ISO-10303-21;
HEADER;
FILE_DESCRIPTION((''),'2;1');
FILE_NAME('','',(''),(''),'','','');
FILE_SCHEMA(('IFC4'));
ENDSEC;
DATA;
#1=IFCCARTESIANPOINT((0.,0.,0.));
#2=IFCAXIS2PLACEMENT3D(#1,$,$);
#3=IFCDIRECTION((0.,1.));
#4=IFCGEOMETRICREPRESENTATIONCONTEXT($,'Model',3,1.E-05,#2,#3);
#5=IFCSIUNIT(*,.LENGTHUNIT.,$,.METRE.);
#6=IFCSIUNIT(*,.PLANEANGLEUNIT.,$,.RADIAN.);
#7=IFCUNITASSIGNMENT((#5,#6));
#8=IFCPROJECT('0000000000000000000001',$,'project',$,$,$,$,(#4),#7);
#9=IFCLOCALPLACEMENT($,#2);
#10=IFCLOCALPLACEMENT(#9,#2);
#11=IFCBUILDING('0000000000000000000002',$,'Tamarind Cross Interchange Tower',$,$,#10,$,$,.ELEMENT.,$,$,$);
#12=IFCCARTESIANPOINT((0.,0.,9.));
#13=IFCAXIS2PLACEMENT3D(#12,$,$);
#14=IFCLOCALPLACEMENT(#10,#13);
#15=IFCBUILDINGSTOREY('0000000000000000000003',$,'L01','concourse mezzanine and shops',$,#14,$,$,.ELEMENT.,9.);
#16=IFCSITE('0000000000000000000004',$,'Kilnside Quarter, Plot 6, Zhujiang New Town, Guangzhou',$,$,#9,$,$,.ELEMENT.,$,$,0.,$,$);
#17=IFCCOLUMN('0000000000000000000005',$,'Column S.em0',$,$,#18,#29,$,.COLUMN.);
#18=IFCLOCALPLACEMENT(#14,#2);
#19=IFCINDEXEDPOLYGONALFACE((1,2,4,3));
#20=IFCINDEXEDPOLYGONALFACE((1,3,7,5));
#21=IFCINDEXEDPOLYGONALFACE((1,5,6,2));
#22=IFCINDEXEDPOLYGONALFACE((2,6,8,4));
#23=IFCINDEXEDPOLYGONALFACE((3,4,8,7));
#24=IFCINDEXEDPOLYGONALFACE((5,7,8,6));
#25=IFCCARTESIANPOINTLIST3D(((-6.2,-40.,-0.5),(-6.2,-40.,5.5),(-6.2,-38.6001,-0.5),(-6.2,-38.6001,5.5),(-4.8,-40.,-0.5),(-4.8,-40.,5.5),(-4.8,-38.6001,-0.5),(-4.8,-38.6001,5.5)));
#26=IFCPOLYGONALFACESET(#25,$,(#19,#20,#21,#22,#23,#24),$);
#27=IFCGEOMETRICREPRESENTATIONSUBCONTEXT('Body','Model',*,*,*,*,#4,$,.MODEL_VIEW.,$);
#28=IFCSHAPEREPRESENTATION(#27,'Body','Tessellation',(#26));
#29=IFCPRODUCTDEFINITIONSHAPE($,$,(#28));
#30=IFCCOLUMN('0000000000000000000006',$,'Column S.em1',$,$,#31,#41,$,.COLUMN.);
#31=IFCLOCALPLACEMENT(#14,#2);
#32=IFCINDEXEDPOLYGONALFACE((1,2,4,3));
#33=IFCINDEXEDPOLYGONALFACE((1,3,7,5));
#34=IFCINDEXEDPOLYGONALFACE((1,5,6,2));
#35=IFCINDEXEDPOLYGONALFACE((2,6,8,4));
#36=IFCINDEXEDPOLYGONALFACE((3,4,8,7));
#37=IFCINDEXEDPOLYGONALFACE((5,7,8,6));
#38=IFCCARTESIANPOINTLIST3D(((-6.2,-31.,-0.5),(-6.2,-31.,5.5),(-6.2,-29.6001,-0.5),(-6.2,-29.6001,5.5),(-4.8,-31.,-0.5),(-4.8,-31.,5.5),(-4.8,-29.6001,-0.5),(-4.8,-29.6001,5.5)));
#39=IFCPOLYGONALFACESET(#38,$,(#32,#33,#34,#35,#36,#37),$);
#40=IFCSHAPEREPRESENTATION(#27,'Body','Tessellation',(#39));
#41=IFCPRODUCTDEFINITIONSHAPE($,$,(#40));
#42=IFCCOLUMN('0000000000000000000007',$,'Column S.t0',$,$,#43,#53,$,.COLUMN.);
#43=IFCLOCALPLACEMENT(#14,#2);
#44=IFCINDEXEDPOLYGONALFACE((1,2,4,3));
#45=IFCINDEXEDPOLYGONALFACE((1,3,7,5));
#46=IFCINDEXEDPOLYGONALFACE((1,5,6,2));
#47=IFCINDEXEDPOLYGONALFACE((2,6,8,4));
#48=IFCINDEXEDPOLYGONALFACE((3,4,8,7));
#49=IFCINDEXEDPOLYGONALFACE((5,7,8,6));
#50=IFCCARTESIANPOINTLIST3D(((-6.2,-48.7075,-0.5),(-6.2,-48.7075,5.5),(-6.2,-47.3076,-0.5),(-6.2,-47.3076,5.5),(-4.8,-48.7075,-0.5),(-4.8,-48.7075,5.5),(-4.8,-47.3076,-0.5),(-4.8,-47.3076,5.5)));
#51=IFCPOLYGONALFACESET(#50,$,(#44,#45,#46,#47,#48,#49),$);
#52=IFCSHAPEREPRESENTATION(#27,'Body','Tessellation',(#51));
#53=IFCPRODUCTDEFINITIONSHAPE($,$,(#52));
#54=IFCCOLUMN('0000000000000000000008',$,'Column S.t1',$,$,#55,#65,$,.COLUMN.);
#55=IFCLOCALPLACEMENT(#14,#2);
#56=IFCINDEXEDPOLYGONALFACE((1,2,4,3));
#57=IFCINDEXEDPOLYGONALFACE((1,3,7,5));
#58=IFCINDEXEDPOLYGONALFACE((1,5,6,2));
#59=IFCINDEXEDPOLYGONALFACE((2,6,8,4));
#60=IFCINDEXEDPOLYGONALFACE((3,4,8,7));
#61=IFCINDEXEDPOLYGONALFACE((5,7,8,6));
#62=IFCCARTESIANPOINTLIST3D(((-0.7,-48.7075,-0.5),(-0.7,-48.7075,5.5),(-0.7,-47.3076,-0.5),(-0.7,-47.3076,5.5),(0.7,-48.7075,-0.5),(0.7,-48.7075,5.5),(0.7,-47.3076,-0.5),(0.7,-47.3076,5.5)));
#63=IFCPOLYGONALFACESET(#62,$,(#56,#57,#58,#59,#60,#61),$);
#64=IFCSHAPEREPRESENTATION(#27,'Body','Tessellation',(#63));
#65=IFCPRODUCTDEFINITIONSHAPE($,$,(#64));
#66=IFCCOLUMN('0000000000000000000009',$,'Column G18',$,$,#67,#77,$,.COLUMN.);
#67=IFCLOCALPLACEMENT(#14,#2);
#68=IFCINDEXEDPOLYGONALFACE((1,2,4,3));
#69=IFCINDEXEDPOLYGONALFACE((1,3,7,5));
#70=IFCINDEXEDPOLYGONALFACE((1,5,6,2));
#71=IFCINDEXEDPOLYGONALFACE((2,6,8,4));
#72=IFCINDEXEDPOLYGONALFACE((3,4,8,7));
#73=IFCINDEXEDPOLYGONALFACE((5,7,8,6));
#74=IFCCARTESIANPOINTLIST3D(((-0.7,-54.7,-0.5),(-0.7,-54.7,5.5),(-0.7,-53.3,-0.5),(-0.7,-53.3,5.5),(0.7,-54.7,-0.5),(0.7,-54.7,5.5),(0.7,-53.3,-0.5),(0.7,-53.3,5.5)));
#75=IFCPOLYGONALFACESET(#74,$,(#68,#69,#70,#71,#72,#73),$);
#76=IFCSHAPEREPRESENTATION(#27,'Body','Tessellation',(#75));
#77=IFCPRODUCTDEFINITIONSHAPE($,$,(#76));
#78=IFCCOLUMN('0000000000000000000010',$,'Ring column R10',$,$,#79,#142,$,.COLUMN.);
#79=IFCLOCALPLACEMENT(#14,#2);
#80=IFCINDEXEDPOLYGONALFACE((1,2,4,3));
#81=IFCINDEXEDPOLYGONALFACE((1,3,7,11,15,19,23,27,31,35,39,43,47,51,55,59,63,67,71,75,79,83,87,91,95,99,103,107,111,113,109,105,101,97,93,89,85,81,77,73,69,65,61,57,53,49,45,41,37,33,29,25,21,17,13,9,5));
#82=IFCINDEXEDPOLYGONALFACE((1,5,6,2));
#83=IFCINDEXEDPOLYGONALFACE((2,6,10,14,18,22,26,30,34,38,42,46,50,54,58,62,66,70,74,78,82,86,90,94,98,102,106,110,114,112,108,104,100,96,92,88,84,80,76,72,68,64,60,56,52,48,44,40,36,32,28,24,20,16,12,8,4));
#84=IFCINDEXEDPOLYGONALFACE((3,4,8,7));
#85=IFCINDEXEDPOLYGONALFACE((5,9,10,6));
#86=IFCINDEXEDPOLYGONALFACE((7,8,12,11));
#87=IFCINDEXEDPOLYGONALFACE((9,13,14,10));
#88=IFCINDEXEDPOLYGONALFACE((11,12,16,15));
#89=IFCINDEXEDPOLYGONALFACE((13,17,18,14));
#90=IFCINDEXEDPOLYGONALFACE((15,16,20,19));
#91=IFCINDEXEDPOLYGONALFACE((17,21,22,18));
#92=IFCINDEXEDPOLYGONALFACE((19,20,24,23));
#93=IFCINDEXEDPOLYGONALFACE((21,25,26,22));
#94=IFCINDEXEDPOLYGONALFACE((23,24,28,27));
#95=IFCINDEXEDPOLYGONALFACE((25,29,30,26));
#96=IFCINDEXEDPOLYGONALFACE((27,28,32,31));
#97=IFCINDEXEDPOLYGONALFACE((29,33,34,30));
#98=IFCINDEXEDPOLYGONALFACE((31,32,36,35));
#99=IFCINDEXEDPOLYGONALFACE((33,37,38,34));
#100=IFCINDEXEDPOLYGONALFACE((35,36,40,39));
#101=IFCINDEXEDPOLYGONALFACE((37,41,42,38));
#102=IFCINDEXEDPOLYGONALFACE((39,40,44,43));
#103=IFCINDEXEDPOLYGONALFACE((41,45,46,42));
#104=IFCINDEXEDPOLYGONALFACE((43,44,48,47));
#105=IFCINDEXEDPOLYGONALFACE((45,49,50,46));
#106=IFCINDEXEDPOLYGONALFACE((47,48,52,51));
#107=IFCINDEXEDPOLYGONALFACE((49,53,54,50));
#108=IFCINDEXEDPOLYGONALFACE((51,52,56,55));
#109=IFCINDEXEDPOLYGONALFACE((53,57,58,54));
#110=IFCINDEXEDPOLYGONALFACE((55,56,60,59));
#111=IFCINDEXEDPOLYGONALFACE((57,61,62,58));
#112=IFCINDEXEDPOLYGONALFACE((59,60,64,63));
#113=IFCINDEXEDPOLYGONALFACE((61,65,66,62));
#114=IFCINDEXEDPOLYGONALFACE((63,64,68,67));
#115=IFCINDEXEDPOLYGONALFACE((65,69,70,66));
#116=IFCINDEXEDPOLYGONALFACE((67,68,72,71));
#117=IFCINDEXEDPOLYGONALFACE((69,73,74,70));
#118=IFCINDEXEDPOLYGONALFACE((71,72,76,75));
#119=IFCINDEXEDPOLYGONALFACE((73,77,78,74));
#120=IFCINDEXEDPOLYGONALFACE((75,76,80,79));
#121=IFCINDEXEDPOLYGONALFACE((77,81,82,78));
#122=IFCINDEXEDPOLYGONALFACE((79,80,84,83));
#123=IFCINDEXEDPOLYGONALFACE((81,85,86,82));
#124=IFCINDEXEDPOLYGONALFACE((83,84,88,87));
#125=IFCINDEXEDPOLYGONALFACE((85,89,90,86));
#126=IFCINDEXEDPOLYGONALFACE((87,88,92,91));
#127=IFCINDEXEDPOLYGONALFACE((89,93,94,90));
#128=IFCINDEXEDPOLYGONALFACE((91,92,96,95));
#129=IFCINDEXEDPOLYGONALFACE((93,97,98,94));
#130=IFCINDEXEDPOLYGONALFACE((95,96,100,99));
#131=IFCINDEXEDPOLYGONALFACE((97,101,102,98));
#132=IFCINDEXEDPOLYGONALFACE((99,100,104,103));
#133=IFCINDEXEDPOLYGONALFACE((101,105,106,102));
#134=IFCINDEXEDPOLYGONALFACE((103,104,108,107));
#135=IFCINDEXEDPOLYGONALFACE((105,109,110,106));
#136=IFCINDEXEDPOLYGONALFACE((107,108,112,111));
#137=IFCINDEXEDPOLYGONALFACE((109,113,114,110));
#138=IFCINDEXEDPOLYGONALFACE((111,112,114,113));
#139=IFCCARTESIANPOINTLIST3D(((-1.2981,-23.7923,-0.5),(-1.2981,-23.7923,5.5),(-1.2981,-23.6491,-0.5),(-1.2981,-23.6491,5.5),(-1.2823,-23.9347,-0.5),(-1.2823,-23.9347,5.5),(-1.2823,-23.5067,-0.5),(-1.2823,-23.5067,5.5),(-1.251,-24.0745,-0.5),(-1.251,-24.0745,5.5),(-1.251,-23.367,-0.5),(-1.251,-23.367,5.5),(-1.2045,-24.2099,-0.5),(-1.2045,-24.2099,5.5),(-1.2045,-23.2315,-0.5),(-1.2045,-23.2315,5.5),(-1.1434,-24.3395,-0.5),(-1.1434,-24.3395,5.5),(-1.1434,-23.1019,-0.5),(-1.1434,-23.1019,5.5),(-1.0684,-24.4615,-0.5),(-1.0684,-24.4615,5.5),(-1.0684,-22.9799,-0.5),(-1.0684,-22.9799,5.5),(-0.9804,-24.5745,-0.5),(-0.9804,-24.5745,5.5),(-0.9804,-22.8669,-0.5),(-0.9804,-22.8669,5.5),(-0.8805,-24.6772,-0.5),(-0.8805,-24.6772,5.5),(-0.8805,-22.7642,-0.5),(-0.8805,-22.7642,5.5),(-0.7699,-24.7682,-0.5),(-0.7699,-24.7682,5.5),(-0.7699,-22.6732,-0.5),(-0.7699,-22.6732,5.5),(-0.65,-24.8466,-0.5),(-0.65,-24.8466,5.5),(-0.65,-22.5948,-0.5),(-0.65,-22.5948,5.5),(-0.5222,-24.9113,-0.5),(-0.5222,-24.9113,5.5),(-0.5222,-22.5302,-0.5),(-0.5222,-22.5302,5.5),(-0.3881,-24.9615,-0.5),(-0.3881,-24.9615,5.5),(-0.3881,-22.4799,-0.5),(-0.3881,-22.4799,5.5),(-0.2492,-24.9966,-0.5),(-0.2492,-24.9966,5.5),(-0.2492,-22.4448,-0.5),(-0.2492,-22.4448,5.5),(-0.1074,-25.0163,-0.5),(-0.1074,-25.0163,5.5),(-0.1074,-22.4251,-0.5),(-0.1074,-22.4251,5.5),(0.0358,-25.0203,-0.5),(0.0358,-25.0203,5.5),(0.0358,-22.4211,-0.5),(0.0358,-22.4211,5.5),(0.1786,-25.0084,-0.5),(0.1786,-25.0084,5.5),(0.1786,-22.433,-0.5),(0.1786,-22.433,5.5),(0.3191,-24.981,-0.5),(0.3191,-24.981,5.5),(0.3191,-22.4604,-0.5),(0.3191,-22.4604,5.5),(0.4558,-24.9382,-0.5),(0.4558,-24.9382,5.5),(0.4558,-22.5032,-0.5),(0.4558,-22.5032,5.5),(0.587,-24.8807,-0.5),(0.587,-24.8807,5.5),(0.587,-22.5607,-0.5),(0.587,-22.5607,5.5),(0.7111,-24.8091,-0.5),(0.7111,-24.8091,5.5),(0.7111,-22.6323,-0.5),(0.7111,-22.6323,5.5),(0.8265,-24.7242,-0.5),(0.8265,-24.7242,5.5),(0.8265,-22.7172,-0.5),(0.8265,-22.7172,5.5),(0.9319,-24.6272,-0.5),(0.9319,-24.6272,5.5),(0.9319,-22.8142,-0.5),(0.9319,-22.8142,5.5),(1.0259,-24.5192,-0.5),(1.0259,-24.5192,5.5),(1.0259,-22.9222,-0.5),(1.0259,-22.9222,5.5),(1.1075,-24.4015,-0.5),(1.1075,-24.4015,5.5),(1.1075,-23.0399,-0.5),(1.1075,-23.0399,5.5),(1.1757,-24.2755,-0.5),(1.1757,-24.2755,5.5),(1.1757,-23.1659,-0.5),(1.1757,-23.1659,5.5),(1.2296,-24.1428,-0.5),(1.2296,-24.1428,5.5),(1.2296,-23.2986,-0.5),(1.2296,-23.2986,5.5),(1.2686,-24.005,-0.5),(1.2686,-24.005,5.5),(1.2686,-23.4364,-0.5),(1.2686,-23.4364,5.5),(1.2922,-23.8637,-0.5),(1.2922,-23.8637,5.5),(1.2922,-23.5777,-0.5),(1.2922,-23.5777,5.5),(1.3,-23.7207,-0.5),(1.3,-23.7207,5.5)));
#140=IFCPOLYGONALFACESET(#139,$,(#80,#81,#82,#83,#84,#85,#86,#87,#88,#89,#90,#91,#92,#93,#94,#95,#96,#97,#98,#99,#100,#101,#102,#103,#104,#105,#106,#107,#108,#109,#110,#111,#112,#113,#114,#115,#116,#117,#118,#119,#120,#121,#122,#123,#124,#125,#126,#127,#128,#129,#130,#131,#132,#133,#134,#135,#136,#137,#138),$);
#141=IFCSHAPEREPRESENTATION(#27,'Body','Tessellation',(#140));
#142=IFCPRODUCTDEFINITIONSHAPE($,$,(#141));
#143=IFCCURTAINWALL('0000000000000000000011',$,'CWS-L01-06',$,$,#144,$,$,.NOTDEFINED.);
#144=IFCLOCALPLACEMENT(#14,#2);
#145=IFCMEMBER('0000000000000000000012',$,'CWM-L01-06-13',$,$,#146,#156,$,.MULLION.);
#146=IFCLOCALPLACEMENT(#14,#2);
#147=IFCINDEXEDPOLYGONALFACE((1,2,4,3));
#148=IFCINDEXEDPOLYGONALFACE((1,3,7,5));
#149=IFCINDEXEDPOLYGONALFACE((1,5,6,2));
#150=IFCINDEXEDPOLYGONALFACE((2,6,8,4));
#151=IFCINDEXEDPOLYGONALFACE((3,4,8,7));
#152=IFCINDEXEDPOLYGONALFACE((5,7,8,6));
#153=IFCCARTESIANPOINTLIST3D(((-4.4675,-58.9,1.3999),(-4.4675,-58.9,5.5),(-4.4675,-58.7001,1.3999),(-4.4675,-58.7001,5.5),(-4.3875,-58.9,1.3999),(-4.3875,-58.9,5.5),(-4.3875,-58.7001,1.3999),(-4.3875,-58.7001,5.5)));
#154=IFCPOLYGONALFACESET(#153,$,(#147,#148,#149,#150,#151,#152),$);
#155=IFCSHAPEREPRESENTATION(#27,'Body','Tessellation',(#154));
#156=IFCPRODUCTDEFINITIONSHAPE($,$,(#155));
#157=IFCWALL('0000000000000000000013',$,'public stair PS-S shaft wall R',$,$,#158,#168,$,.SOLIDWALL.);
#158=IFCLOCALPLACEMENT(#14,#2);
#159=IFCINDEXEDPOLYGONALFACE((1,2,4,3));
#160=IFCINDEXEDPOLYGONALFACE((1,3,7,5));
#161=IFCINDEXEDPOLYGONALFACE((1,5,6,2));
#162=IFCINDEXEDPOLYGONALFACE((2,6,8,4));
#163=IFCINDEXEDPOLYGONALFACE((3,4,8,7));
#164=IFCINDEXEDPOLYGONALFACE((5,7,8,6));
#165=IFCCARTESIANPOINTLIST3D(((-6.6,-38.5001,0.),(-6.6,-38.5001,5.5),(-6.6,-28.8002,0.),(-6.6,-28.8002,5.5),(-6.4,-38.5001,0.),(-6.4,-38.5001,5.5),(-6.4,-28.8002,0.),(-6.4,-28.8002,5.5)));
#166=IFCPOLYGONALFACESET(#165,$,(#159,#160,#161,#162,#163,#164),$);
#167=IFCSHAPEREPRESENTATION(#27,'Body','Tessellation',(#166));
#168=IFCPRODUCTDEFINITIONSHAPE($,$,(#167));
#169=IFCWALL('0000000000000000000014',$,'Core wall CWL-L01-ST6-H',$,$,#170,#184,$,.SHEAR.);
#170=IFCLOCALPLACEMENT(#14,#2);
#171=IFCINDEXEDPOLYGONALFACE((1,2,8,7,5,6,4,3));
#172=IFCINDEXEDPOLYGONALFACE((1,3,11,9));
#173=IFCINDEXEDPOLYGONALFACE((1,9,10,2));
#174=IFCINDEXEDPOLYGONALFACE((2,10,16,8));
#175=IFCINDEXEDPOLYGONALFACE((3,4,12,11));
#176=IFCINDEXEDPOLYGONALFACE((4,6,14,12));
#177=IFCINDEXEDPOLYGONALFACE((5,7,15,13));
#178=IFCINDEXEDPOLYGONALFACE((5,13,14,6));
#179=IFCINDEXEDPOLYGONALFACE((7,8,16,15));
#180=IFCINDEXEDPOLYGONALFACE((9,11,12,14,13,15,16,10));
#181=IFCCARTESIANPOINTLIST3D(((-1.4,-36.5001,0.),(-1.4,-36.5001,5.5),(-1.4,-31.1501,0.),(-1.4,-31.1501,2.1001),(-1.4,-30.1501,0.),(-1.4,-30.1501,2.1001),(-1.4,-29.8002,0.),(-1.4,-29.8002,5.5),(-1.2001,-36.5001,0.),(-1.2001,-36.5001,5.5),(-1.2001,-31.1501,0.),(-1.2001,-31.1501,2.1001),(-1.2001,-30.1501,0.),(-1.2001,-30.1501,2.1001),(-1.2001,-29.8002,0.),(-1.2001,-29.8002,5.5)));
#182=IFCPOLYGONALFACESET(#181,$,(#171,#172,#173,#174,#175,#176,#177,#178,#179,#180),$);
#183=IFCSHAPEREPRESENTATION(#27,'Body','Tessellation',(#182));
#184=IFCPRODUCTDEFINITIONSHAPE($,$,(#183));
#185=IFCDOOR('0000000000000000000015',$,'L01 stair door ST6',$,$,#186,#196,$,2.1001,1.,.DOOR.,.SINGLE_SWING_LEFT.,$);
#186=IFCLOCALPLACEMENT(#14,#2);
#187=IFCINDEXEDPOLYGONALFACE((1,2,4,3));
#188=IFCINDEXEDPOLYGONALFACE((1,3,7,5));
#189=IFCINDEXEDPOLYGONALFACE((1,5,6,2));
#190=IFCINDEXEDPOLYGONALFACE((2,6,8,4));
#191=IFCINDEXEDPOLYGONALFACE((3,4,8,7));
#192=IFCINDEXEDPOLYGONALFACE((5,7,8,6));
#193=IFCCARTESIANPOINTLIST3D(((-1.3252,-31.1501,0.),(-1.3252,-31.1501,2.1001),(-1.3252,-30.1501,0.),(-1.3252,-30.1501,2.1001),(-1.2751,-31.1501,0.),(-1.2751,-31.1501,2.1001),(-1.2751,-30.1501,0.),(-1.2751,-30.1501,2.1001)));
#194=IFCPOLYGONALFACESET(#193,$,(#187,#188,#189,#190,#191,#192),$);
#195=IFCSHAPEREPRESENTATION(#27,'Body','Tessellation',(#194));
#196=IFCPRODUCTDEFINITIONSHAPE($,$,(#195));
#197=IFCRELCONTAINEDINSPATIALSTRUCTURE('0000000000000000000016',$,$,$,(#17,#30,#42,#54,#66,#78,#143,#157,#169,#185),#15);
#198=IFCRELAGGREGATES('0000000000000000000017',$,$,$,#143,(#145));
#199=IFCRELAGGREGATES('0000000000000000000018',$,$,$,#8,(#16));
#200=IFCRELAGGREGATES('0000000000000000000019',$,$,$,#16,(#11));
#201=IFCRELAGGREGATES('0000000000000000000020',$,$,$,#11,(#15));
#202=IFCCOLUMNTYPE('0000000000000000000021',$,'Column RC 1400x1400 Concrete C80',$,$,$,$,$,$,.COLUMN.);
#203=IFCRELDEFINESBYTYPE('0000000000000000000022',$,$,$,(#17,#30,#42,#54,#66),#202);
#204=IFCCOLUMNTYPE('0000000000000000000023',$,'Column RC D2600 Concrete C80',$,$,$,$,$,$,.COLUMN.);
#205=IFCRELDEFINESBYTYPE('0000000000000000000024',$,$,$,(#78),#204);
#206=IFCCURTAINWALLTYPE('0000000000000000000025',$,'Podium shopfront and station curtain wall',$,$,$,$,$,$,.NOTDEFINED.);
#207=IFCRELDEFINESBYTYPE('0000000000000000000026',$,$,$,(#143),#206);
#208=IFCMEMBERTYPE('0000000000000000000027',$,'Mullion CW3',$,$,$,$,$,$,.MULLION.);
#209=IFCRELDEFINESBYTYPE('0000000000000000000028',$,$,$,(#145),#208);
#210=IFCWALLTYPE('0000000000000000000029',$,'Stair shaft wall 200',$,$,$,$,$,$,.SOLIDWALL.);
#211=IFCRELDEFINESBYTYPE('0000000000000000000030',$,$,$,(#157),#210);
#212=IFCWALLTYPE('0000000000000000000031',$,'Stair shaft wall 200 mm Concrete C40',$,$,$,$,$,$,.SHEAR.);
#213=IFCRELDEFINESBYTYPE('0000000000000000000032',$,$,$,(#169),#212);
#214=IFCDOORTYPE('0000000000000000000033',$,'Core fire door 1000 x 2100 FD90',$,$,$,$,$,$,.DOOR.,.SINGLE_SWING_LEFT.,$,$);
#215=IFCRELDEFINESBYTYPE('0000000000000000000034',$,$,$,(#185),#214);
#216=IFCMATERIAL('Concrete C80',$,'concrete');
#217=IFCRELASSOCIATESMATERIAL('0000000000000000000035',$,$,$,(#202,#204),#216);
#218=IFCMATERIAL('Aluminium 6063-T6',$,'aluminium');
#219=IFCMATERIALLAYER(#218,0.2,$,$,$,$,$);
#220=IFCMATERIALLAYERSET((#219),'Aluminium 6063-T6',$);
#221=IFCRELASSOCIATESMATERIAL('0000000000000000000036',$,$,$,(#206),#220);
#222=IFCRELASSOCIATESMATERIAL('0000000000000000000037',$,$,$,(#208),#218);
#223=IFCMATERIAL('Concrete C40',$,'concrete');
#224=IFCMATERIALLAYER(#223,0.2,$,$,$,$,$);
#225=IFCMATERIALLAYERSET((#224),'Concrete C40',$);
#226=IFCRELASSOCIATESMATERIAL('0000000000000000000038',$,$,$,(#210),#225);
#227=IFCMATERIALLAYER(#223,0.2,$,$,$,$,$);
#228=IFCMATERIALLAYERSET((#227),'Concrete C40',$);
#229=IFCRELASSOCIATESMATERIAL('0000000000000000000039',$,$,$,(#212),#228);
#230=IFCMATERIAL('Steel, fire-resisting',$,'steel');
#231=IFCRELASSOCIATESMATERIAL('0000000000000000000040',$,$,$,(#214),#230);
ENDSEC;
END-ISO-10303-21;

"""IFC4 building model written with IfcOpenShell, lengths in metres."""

from ifc_helpers import new_model, si_unit, direction, frame, frame_2d, origin, origin_2d, place, context, subcontext, project, spatial, rectangle, circle, extrude, material, layer, layer_set, material_profile, profile_set, type_object, element, fill, aggregate, save


model = new_model("IFC4")

# Units and contexts
model_context = context("Model", 3, precision=1e-05, world=origin(), true_north=direction((0.0, 1.0)))
body_context = subcontext(model_context, "Body", "Model", "MODEL_VIEW")
ifc_project = project(units=[si_unit("LENGTHUNIT", "METRE"), si_unit("PLANEANGLEUNIT", "RADIAN")], contexts=[model_context])

# Site, building, storey
site_placement = place(None, origin())
site = spatial("IfcSite", under=ifc_project, at=site_placement, Name="Kilnside Quarter, Plot 6, Zhujiang New Town, Guangzhou", CompositionType="ELEMENT", RefElevation=0.0)
building_placement = place(site_placement, origin())
building = spatial("IfcBuilding", under=site, at=building_placement, Name="Tamarind Cross Interchange Tower", CompositionType="ELEMENT")
storey_placement = place(building_placement, frame((0.0, 0.0, 9.0)))
storey = spatial("IfcBuildingStorey", under=building, at=storey_placement, Name="L01", Description="concourse mezzanine and shops", CompositionType="ELEMENT", Elevation=9.0)

# Columns
ifc_material_1 = material(Name="Concrete C80", Category="concrete")
ifc_material_profile_1 = material_profile(ifc_material_1, rectangle(XDim=1.3999, YDim=1.3999, at=origin_2d()), Name="RC 1400x1400")
ifc_profile_set_1 = profile_set([ifc_material_profile_1], Name="Concrete C80")
column_type_1 = type_object("IfcColumnType", Name="Column RC 1400x1400 Concrete C80", PredefinedType="COLUMN", material=ifc_profile_set_1)
for number, where, z_axis, x_axis, name in (
    (1, (-5.5, -39.3, -0.5), (0.0, 0.0, 1.0), (1.0, 0.0, 0.0), "Column S.em0"),
    (2, (-5.5, -30.3, -0.5), (0.0, 0.0, 1.0), (1.0, 0.0, 0.0), "Column S.em1"),
    (3, (-5.5, -48.0076, -0.5), (0.0, 0.0, 1.0), (1.0, 0.0, 0.0), "Column S.t0"),
    (4, (0.0, -48.0076, -0.5), (0.0, 0.0, 1.0), (1.0, 0.0, 0.0), "Column S.t1"),
    (5, (0.0, -54.0, -0.5), (0.0, 0.0, 1.0), (1.0, 0.0, 0.0), "Column G18"),
):
    element("IfcColumn", number, at=place(storey_placement, frame(where, z_axis=z_axis, x_axis=x_axis)), inside=storey, type_object=column_type_1, Name=name, PredefinedType="COLUMN", context=body_context, shape_type="SweptSolid", body=[
        extrude(rectangle(XDim=1.3999, YDim=1.3999, at=origin_2d()), origin(), (0.0, 0.0, 1.0), 6.0),
    ])
ifc_material_profile_2 = material_profile(ifc_material_1, circle(Radius=1.3, at=origin_2d()), Name="RC D2600")
ifc_profile_set_2 = profile_set([ifc_material_profile_2], Name="Concrete C80")
column_type_2 = type_object("IfcColumnType", Name="Column RC D2600 Concrete C80", PredefinedType="COLUMN", material=ifc_profile_set_2)
column_placement = place(storey_placement, frame((0.0, -23.7207, -0.5), z_axis=(0.0, 0.0, 1.0), x_axis=(1.0, 0.0, 0.0)))
element("IfcColumn", 6, at=column_placement, inside=storey, type_object=column_type_2, Name="Ring column R10", PredefinedType="COLUMN", context=body_context, shape_type="SweptSolid", body=[
    extrude(circle(Radius=1.3, at=origin_2d()), origin(), (0.0, 0.0, 1.0), 6.0),
])

# Curtain wall, member
ifc_material_2 = material(Name="Aluminium 6063-T6", Category="aluminium")
ifc_layer_1 = layer(ifc_material_2, 0.2)
ifc_layer_set_1 = layer_set([ifc_layer_1], Name="Aluminium 6063-T6")
curtain_wall_type = type_object("IfcCurtainWallType", Name="Podium shopfront and station curtain wall", PredefinedType="NOTDEFINED", material=ifc_layer_set_1)
curtain_wall_placement = place(storey_placement, origin())
curtain_wall = element("IfcCurtainWall", 7, at=curtain_wall_placement, inside=storey, type_object=curtain_wall_type, Name="CWS-L01-06", PredefinedType="NOTDEFINED")
ifc_material_profile_3 = material_profile(ifc_material_2, rectangle(XDim=0.0801, YDim=0.2, at=origin_2d()), Name="Mullion CW3")
ifc_profile_set_3 = profile_set([ifc_material_profile_3], Name="Aluminium 6063-T6")
member_type = type_object("IfcMemberType", Name="Mullion CW3", PredefinedType="MULLION", material=ifc_profile_set_3)
member_placement = place(storey_placement, frame((-4.4275, -58.8, 1.3999), z_axis=(0.0, 0.0, 1.0), x_axis=(1.0, 0.0, 0.0)))
member = element("IfcMember", 8, at=member_placement, type_object=member_type, Name="CWM-L01-06-13", PredefinedType="MULLION", context=body_context, shape_type="SweptSolid", body=[
    extrude(rectangle(XDim=0.0801, YDim=0.2, at=origin_2d()), origin(), (0.0, 0.0, 1.0), 4.1001),
])
aggregate(curtain_wall, [member])

# Wall
ifc_material_3 = material(Name="Concrete C40", Category="concrete")
ifc_layer_2 = layer(ifc_material_3, 0.2)
ifc_layer_set_2 = layer_set([ifc_layer_2], Name="Concrete C40")
wall_type_1 = type_object("IfcWallType", Name="Stair shaft wall 200", PredefinedType="SOLIDWALL", material=ifc_layer_set_2)
wall_1_placement = place(storey_placement, frame((-6.5, -28.8, 0.0), z_axis=(0.0, 0.0, 1.0), x_axis=(0.0, -1.0, 0.0)))
element("IfcWall", 9, at=wall_1_placement, inside=storey, type_object=wall_type_1, Name="public stair PS-S shaft wall R", PredefinedType="SOLIDWALL", context=body_context, shape_type="SweptSolid", body=[
    extrude(rectangle(XDim=9.7, YDim=0.2, at=frame_2d((4.8501, 0.0))), origin(), (0.0, 0.0, 1.0), 5.5),
])

# Wall, opening, door
ifc_layer_3 = layer(ifc_material_3, 0.2)
ifc_layer_set_3 = layer_set([ifc_layer_3], Name="Concrete C40")
wall_type_2 = type_object("IfcWallType", Name="Stair shaft wall 200 mm Concrete C40", PredefinedType="SHEAR", material=ifc_layer_set_3)
wall_2_placement = place(storey_placement, frame((-1.3, -29.8, 0.0), z_axis=(0.0, 0.0, 1.0), x_axis=(0.0, -1.0, 0.0)))
wall_2 = element("IfcWall", 10, at=wall_2_placement, inside=storey, type_object=wall_type_2, Name="Core wall CWL-L01-ST6-H", PredefinedType="SHEAR", context=body_context, shape_type="SweptSolid", body=[
    extrude(rectangle(XDim=6.7, YDim=0.2, at=frame_2d((3.3501, 0.0))), origin(), (0.0, 0.0, 1.0), 5.5),
])
opening_placement = place(wall_2_placement, frame((0.3501, 0.0, 0.0)))
opening = element("IfcOpeningElement", 11, at=opening_placement, cuts=wall_2, PredefinedType="OPENING", context=body_context, shape_type="SweptSolid", body=[
    extrude(rectangle(XDim=1.0, YDim=2.1001, at=frame_2d((0.5, 1.05))), frame((0.0, 0.1099, 0.0), z_axis=(0.0, -1.0, 0.0), x_axis=(1.0, 0.0, 0.0)), (0.0, 0.0, 1.0), 0.22),
])
ifc_material_4 = material(Name="Steel, fire-resisting", Category="steel")
door_type = type_object("IfcDoorType", Name="Core fire door 1000 x 2100 FD90", OperationType="SINGLE_SWING_LEFT", PredefinedType="DOOR", material=ifc_material_4)
door_placement = place(opening_placement, origin())
door = element("IfcDoor", 12, at=door_placement, inside=storey, type_object=door_type, Name="L01 stair door ST6", OperationType="SINGLE_SWING_LEFT", OverallHeight=2.1001, OverallWidth=1.0, PredefinedType="DOOR", context=body_context, shape_type="SweptSolid", body=[
    extrude(rectangle(XDim=1.0, YDim=2.1001, at=frame_2d((0.5, 1.05))), frame((0.0, 0.0249, 0.0), z_axis=(0.0, -1.0, 0.0), x_axis=(1.0, 0.0, 0.0)), (0.0, 0.0, 1.0), 0.05),
])
fill(opening, door)

save(model, "model.ifc")
